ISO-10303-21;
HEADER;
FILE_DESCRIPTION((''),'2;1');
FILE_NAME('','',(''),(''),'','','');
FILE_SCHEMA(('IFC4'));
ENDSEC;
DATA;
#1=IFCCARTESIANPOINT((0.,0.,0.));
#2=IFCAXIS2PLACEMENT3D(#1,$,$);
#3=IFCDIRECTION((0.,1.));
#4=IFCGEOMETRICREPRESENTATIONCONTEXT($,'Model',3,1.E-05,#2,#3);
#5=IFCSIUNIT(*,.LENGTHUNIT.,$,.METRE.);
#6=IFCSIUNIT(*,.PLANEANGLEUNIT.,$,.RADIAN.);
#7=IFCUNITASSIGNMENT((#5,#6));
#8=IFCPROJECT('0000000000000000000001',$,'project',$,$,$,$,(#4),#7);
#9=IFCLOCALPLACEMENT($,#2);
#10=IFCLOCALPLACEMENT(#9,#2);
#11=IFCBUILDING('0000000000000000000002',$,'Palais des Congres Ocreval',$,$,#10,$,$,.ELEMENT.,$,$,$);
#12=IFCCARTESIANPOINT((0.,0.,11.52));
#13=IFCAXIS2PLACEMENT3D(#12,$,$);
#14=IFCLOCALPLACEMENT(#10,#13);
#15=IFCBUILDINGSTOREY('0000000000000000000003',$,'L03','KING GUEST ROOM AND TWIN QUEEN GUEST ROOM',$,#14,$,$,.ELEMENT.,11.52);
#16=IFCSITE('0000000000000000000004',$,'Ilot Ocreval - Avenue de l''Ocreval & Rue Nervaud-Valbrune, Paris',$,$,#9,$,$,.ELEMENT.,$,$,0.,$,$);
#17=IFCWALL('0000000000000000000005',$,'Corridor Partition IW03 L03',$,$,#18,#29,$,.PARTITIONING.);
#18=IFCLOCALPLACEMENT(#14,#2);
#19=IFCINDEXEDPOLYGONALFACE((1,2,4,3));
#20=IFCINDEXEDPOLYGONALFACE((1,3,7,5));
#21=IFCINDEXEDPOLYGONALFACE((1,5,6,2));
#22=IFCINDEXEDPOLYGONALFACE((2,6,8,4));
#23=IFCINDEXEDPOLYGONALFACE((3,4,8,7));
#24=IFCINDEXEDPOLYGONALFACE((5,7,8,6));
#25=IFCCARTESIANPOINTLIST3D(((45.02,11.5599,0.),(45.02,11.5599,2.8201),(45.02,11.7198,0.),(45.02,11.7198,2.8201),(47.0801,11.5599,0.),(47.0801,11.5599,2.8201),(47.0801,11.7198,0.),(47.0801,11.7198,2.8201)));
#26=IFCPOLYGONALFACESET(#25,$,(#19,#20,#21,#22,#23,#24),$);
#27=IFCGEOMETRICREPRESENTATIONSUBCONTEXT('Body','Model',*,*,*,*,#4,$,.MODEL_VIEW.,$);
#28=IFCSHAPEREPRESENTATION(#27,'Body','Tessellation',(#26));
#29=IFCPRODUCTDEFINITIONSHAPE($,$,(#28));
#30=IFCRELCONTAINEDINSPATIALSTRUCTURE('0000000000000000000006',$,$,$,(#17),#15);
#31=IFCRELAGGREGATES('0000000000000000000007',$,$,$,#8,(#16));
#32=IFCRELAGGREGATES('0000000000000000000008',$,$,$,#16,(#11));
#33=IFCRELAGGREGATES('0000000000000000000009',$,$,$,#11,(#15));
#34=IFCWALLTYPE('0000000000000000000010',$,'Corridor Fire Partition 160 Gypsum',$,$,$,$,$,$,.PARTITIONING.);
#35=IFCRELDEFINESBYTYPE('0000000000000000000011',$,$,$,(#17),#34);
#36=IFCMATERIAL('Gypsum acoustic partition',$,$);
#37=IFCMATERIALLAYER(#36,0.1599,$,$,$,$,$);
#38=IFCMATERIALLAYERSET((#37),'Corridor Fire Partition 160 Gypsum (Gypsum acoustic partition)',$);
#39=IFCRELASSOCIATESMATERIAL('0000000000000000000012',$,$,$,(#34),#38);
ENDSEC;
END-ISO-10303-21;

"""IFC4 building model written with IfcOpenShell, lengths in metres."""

from ifc_helpers import new_model, si_unit, direction, frame, frame_2d, origin, place, context, subcontext, project, spatial, rectangle, extrude, material, layer, layer_set, type_object, element, save


model = new_model("IFC4")

# Units and contexts
model_context = context("Model", 3, precision=1e-05, world=origin(), true_north=direction((0.0, 1.0)))
body_context = subcontext(model_context, "Body", "Model", "MODEL_VIEW")
ifc_project = project(units=[si_unit("LENGTHUNIT", "METRE"), si_unit("PLANEANGLEUNIT", "RADIAN")], contexts=[model_context])

# Site, building, storey
site_placement = place(None, origin())
site = spatial("IfcSite", under=ifc_project, at=site_placement, Name="Ilot Ocreval - Avenue de l'Ocreval & Rue Nervaud-Valbrune, Paris", CompositionType="ELEMENT", RefElevation=0.0)
building_placement = place(site_placement, origin())
building = spatial("IfcBuilding", under=site, at=building_placement, Name="Palais des Congres Ocreval", CompositionType="ELEMENT")
storey_placement = place(building_placement, frame((0.0, 0.0, 11.52)))
storey = spatial("IfcBuildingStorey", under=building, at=storey_placement, Name="L03", Description="KING GUEST ROOM AND TWIN QUEEN GUEST ROOM", CompositionType="ELEMENT", Elevation=11.52)

# Wall
ifc_material_1 = material(Name="Gypsum acoustic partition")
ifc_layer_1 = layer(ifc_material_1, 0.1599)
ifc_layer_set_1 = layer_set([ifc_layer_1], Name="Corridor Fire Partition 160 Gypsum (Gypsum acoustic partition)")
wall_type_1 = type_object("IfcWallType", Name="Corridor Fire Partition 160 Gypsum", PredefinedType="PARTITIONING", material=ifc_layer_set_1)
for number, where, z_axis, x_axis, name in (
    (1, (45.02, 11.6399, 0.0), (0.0, 0.0, 1.0), (1.0, 0.0, 0.0), "Corridor Partition IW03 L03"),
):
    element("IfcWall", number, at=place(storey_placement, frame(where, z_axis=z_axis, x_axis=x_axis)), inside=storey, type_object=wall_type_1, Name=name, PredefinedType="PARTITIONING", context=body_context, shape_type="SweptSolid", body=[
        extrude(rectangle(XDim=2.0601, YDim=0.1599, at=frame_2d((1.03, 0.0))), origin(), (0.0, 0.0, 1.0), 2.8201),
    ])

save(model, "model.ifc")
